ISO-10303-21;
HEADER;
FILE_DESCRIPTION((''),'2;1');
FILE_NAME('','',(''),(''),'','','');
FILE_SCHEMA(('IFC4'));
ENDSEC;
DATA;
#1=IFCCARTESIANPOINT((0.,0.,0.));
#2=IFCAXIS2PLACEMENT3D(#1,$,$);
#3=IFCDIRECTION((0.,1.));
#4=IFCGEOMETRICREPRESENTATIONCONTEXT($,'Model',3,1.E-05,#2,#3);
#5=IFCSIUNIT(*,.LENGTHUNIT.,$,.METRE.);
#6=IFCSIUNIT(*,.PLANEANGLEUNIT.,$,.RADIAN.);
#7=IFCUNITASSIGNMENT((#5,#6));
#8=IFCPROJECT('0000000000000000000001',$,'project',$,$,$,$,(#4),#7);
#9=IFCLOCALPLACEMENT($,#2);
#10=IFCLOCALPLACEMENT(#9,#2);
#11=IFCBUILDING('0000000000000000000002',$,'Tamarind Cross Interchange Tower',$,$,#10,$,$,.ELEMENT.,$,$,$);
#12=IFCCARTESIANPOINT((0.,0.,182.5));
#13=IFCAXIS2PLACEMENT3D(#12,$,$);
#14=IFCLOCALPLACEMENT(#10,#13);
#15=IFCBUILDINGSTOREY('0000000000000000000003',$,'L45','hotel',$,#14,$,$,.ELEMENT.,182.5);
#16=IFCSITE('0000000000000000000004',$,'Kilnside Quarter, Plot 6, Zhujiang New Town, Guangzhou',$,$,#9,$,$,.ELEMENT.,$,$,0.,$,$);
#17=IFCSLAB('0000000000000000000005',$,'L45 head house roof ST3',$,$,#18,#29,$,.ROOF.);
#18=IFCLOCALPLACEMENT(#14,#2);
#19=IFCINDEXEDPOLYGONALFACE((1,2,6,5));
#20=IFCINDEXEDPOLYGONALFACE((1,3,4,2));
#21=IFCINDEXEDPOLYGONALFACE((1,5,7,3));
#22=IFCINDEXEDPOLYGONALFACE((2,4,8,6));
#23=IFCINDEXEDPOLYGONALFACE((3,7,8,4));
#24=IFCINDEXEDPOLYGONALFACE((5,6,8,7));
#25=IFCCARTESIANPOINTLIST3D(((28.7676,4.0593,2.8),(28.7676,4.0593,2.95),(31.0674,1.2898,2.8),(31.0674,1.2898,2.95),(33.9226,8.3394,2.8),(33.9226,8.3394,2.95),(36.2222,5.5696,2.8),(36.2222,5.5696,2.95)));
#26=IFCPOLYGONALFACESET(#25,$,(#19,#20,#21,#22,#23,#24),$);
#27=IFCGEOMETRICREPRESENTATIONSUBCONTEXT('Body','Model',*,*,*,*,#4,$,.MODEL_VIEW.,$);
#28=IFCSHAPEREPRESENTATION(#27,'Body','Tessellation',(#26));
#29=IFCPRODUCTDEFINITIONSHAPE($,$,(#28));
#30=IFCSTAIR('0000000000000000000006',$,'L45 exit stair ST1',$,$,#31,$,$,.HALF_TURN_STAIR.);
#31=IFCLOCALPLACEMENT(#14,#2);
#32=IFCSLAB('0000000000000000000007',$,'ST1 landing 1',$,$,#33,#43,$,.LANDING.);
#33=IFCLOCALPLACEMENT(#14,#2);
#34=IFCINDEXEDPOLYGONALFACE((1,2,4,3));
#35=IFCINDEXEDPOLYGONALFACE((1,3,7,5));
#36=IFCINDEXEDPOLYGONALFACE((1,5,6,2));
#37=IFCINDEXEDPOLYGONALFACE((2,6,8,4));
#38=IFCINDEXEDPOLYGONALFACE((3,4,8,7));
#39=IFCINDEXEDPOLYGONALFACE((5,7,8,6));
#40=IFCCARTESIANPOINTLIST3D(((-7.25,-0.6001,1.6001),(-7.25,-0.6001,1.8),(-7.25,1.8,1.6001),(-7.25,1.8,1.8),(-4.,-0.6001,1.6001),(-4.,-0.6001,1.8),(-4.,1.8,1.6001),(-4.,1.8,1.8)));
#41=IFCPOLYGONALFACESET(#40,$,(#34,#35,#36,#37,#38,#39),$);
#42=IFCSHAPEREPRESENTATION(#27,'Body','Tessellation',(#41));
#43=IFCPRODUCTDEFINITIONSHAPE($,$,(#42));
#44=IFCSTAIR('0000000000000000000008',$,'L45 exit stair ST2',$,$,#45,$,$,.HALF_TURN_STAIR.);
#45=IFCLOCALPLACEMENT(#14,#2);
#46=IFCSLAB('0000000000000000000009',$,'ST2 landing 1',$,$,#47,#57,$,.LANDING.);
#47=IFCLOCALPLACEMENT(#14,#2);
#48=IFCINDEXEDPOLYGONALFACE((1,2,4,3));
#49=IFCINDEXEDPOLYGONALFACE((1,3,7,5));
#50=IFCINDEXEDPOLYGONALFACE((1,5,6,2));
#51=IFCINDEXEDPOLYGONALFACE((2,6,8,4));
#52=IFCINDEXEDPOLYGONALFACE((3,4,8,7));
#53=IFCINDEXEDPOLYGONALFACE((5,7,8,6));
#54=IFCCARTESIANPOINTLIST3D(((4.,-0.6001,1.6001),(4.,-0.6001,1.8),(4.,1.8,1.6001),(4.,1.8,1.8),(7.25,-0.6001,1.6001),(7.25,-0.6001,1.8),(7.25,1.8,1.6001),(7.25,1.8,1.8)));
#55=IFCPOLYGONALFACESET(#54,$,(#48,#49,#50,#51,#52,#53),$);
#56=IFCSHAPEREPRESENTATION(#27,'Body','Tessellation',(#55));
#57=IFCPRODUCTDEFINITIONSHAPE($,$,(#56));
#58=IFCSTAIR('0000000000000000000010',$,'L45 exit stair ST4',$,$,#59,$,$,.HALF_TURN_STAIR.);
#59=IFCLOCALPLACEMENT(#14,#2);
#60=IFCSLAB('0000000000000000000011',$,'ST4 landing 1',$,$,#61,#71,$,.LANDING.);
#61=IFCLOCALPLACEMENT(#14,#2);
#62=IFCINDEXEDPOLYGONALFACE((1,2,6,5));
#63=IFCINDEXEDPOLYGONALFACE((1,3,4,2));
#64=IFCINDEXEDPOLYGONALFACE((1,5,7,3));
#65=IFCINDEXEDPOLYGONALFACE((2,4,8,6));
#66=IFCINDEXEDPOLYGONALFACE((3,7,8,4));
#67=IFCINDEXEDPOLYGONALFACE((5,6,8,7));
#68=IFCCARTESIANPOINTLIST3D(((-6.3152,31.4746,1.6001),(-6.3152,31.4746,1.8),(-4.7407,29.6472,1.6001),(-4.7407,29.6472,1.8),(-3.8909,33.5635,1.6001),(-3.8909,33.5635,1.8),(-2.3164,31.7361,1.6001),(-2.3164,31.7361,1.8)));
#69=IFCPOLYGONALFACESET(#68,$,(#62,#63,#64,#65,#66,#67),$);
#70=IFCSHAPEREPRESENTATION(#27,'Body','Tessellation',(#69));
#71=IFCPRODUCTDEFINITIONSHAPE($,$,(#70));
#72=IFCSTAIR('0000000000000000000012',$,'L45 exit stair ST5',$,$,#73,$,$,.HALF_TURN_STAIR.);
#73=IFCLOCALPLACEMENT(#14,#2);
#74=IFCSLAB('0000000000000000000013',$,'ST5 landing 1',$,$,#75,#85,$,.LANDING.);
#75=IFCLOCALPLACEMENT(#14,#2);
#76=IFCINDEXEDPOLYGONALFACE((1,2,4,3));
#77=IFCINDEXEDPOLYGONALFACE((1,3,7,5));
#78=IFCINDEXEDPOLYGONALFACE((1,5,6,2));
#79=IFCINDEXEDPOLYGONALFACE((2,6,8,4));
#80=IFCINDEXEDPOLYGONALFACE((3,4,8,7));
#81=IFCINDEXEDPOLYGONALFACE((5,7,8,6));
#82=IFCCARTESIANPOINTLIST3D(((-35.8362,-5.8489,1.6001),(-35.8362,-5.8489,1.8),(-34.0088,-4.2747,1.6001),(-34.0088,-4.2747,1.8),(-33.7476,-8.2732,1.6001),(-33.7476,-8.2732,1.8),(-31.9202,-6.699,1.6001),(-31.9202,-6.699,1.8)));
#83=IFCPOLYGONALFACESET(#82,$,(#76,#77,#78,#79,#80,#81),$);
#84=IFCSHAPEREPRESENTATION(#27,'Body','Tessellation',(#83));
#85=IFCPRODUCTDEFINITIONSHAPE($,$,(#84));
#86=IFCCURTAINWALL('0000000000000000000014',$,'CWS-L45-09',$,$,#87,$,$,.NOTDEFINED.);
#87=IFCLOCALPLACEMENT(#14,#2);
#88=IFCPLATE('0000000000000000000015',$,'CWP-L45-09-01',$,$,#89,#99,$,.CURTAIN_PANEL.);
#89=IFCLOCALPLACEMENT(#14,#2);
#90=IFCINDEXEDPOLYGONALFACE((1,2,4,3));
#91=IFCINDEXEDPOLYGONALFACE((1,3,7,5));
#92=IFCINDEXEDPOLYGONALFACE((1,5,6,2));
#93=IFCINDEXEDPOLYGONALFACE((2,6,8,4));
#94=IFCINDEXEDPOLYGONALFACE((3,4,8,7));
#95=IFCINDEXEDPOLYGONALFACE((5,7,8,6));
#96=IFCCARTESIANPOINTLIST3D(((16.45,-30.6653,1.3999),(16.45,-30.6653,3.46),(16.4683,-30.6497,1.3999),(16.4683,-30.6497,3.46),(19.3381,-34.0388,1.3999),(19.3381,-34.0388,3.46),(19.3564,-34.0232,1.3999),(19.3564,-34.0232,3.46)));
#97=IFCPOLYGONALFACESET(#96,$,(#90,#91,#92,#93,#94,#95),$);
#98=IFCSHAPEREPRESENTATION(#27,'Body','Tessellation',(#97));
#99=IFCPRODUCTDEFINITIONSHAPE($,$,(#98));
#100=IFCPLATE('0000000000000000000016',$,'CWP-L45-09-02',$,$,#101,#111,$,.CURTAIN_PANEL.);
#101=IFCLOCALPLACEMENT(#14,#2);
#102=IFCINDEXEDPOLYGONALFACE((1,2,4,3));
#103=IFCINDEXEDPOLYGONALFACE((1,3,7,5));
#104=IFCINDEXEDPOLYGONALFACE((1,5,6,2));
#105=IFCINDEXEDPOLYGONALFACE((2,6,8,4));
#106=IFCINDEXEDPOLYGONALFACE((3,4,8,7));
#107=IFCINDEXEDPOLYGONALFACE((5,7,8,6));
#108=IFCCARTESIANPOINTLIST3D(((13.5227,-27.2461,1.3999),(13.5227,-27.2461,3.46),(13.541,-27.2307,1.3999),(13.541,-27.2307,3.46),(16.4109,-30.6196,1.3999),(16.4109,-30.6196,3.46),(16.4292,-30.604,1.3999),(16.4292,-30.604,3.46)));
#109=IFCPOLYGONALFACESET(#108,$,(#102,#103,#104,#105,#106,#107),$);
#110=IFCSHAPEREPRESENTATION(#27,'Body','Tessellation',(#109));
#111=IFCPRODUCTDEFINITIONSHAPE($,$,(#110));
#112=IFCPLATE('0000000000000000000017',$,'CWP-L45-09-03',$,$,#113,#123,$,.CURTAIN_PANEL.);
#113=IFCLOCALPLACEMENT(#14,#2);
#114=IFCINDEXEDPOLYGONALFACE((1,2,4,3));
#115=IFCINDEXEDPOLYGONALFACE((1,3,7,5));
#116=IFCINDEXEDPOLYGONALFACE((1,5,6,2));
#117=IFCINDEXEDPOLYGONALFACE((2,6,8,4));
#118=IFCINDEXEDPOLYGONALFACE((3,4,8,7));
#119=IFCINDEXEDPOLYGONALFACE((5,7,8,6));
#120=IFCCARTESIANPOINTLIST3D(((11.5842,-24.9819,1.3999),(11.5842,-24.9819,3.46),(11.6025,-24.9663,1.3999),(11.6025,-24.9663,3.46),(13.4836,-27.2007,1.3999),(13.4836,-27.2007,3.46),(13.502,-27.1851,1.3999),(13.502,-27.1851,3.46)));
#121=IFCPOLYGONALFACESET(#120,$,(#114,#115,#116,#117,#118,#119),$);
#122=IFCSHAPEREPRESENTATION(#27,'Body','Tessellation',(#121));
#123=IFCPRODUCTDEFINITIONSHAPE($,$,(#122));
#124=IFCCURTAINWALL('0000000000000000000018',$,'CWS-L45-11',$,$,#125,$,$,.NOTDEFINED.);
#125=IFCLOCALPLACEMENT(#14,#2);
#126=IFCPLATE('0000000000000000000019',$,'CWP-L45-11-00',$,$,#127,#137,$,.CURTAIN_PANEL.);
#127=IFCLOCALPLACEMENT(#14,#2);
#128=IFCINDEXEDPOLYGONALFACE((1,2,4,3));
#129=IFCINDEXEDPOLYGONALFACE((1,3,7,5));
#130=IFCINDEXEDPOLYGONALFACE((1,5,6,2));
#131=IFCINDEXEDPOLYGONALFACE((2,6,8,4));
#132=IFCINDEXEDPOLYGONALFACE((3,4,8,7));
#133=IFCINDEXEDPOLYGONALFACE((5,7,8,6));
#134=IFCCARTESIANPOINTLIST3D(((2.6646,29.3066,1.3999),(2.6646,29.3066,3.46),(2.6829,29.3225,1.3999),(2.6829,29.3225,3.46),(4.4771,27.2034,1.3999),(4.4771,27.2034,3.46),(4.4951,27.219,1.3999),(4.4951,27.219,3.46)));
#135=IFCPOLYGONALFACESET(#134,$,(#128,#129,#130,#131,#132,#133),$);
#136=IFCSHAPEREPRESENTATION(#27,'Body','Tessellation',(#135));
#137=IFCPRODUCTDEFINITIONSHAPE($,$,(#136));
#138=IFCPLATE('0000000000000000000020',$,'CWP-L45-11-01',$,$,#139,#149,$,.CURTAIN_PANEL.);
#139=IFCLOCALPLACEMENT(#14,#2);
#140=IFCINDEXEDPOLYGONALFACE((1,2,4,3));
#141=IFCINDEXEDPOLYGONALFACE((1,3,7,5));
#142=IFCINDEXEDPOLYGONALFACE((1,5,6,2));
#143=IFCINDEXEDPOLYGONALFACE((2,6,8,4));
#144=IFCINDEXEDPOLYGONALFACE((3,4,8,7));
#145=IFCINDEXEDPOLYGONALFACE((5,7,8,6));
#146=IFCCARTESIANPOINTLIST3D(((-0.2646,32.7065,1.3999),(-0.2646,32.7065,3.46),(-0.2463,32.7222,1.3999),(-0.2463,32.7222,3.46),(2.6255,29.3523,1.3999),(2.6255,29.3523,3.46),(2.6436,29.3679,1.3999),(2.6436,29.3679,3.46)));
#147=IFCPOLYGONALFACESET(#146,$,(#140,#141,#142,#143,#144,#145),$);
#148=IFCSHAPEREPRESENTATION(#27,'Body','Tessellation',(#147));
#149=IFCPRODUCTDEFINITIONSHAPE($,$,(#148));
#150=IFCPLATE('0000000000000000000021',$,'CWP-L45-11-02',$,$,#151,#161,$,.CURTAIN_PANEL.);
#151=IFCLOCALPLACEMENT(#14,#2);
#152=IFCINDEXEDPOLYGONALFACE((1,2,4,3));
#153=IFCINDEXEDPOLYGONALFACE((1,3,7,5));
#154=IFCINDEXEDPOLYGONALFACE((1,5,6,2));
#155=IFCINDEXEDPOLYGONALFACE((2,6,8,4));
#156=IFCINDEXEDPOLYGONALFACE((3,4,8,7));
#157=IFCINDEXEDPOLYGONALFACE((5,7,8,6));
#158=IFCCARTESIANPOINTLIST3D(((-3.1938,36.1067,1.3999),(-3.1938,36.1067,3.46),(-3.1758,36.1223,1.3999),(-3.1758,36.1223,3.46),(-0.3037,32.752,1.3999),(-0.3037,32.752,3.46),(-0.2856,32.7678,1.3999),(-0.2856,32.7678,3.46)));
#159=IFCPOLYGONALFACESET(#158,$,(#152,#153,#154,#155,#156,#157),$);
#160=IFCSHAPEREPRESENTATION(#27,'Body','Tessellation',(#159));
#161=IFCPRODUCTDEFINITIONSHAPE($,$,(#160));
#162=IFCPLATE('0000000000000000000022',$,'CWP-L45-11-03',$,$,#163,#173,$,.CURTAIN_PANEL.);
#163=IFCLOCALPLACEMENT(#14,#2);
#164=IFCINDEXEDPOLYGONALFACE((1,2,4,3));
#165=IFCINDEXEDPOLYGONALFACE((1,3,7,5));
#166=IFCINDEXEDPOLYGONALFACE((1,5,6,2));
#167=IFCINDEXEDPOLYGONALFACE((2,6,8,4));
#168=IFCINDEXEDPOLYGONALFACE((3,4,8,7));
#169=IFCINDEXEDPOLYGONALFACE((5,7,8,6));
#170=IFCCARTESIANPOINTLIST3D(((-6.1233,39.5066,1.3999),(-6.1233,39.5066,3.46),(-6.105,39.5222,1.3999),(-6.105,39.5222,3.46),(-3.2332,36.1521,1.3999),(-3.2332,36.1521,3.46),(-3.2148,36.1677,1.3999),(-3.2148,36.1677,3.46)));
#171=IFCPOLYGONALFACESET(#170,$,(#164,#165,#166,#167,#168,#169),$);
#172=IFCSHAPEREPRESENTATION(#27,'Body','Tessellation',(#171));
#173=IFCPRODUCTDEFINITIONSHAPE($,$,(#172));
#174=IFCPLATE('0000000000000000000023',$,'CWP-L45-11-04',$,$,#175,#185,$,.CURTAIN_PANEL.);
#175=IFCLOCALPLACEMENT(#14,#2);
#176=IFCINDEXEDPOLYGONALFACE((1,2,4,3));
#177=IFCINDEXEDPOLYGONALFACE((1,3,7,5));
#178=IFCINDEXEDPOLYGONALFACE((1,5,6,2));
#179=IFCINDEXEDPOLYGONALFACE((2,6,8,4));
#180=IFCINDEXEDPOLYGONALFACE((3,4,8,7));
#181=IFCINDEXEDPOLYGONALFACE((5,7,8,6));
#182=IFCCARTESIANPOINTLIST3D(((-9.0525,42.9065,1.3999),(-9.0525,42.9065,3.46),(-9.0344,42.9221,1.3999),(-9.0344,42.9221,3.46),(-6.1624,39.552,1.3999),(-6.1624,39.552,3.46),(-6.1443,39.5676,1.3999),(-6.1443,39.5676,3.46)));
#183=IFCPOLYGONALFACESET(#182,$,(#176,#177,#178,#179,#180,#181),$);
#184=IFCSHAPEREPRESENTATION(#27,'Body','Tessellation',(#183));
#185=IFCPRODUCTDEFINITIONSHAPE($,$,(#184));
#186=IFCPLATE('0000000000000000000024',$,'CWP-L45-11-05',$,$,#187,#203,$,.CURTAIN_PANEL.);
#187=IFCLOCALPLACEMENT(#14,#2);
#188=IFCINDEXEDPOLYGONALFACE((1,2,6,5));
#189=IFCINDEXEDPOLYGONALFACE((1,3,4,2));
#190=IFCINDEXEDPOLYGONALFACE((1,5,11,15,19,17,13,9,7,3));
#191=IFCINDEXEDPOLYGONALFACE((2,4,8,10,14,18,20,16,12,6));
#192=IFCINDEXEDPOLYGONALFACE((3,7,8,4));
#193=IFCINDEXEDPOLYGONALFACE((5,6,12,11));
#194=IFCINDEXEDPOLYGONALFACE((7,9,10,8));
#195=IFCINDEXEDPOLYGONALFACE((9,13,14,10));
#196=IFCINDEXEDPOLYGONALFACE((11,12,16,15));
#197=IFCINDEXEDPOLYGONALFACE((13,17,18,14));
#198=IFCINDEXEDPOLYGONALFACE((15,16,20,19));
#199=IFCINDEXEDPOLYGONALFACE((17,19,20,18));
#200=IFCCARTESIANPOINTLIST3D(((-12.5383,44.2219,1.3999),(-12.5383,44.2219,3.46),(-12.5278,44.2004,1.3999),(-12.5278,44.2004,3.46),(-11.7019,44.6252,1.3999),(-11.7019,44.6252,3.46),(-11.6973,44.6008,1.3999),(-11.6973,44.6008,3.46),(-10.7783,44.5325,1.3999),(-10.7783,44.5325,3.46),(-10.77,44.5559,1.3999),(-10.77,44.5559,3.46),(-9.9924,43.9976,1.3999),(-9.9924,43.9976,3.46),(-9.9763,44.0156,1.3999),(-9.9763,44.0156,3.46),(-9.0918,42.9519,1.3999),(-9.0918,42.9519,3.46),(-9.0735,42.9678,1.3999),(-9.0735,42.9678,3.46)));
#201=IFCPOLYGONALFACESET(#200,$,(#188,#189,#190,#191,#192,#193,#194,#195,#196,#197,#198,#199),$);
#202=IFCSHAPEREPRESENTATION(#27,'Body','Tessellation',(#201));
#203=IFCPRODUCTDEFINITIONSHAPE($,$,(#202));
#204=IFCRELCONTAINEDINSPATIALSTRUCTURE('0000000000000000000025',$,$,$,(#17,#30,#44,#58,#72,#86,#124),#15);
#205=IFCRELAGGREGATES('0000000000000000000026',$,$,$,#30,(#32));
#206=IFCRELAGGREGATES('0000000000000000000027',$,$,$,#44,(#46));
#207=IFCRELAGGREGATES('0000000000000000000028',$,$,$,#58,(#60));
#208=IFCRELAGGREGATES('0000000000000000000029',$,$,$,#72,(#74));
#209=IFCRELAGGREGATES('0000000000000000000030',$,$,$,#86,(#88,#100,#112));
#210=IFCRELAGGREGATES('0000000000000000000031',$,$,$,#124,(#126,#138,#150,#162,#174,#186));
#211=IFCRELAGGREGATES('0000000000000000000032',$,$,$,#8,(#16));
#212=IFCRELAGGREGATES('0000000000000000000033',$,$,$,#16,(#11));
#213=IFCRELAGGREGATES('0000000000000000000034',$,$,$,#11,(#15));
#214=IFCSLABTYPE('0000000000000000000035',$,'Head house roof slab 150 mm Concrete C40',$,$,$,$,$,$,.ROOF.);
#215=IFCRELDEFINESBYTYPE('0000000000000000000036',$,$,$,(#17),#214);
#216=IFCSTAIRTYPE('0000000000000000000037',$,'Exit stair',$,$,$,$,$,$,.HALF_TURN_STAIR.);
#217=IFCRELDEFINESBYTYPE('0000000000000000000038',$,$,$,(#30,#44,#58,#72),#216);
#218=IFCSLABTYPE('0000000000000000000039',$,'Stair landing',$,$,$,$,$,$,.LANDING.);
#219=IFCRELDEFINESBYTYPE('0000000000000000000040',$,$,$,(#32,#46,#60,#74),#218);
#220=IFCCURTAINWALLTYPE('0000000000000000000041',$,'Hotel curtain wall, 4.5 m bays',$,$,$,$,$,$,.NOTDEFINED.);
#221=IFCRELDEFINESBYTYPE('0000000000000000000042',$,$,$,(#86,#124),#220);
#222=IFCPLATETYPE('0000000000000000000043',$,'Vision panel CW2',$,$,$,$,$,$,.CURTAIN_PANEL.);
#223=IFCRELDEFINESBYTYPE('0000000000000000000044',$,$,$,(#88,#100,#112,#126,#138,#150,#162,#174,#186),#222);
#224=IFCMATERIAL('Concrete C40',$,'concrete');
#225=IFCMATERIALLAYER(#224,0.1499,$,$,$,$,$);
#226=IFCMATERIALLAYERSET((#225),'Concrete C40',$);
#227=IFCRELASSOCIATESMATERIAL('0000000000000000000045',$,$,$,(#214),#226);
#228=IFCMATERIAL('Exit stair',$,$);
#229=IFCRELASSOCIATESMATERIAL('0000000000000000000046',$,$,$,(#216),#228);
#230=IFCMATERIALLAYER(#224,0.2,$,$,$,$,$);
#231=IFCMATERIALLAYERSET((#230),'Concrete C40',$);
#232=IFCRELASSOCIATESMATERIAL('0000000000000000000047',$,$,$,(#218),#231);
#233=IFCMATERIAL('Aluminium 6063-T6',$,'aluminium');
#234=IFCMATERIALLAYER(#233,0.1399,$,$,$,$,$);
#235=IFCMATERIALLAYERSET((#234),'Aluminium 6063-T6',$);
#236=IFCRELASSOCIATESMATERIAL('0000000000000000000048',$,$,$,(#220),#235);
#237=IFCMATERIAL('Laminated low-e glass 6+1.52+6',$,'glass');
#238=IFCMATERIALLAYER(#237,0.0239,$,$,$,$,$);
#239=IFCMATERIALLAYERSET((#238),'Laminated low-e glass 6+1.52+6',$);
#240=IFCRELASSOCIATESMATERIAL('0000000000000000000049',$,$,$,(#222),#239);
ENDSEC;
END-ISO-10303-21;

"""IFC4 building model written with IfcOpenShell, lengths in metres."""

from ifc_helpers import new_model, si_unit, direction, frame, origin, place, context, subcontext, project, spatial, polyline, outline, extrude, material, layer, layer_set, type_object, element, aggregate, save


model = new_model("IFC4")

# Units and contexts
model_context = context("Model", 3, precision=1e-05, world=origin(), true_north=direction((0.0, 1.0)))
body_context = subcontext(model_context, "Body", "Model", "MODEL_VIEW")
ifc_project = project(units=[si_unit("LENGTHUNIT", "METRE"), si_unit("PLANEANGLEUNIT", "RADIAN")], contexts=[model_context])

# Site, building, storey
site_placement = place(None, origin())
site = spatial("IfcSite", under=ifc_project, at=site_placement, Name="Kilnside Quarter, Plot 6, Zhujiang New Town, Guangzhou", CompositionType="ELEMENT", RefElevation=0.0)
building_placement = place(site_placement, origin())
building = spatial("IfcBuilding", under=site, at=building_placement, Name="Tamarind Cross Interchange Tower", CompositionType="ELEMENT")
storey_placement = place(building_placement, frame((0.0, 0.0, 182.5)))
storey = spatial("IfcBuildingStorey", under=building, at=storey_placement, Name="L45", Description="hotel", CompositionType="ELEMENT", Elevation=182.5)

# Slab
ifc_material_1 = material(Name="Concrete C40", Category="concrete")
ifc_layer_1 = layer(ifc_material_1, 0.1499)
ifc_layer_set_1 = layer_set([ifc_layer_1], Name="Concrete C40")
slab_type_1 = type_object("IfcSlabType", Name="Head house roof slab 150 mm Concrete C40", PredefinedType="ROOF", material=ifc_layer_set_1)
slab_1_placement = place(storey_placement, frame((0.0, 0.0, 2.8)))
element("IfcSlab", 1, at=slab_1_placement, inside=storey, type_object=slab_type_1, Name="L45 head house roof ST3", PredefinedType="ROOF", context=body_context, shape_type="SweptSolid", body=[
    extrude(outline(polyline([(31.0674, 1.2898), (36.2222, 5.5696), (33.9226, 8.3394), (28.7676, 4.0593), (31.0674, 1.2898)])), origin(), (0.0, 0.0, 1.0), 0.1499),
])

# Stairs, slabs
ifc_material_2 = material(Name="Exit stair")
stair_type = type_object("IfcStairType", Name="Exit stair", PredefinedType="HALF_TURN_STAIR", material=ifc_material_2)
stair_1_placement = place(storey_placement, origin())
stair_1 = element("IfcStair", 2, at=stair_1_placement, inside=storey, type_object=stair_type, Name="L45 exit stair ST1", PredefinedType="HALF_TURN_STAIR")
ifc_layer_2 = layer(ifc_material_1, 0.2)
ifc_layer_set_2 = layer_set([ifc_layer_2], Name="Concrete C40")
slab_type_2 = type_object("IfcSlabType", Name="Stair landing", PredefinedType="LANDING", material=ifc_layer_set_2)
slab_2_placement = place(storey_placement, frame((0.0, 0.0, 1.6001)))
slab_2 = element("IfcSlab", 3, at=slab_2_placement, type_object=slab_type_2, Name="ST1 landing 1", PredefinedType="LANDING", context=body_context, shape_type="SweptSolid", body=[
    extrude(outline(polyline([(-4.0, -0.6001), (-4.0, 1.8), (-7.25, 1.8), (-7.25, -0.6001), (-4.0, -0.6001)])), origin(), (0.0, 0.0, 1.0), 0.2),
])
aggregate(stair_1, [slab_2])
stair_2_placement = place(storey_placement, origin())
stair_2 = element("IfcStair", 4, at=stair_2_placement, inside=storey, type_object=stair_type, Name="L45 exit stair ST2", PredefinedType="HALF_TURN_STAIR")
slab_3_placement = place(storey_placement, frame((0.0, 0.0, 1.6001)))
slab_3 = element("IfcSlab", 5, at=slab_3_placement, type_object=slab_type_2, Name="ST2 landing 1", PredefinedType="LANDING", context=body_context, shape_type="SweptSolid", body=[
    extrude(outline(polyline([(7.25, -0.6001), (7.25, 1.8), (4.0, 1.8), (4.0, -0.6001), (7.25, -0.6001)])), origin(), (0.0, 0.0, 1.0), 0.2),
])
aggregate(stair_2, [slab_3])
stair_3_placement = place(storey_placement, origin())
stair_3 = element("IfcStair", 6, at=stair_3_placement, inside=storey, type_object=stair_type, Name="L45 exit stair ST4", PredefinedType="HALF_TURN_STAIR")
slab_4_placement = place(storey_placement, frame((0.0, 0.0, 1.6001)))
slab_4 = element("IfcSlab", 7, at=slab_4_placement, type_object=slab_type_2, Name="ST4 landing 1", PredefinedType="LANDING", context=body_context, shape_type="SweptSolid", body=[
    extrude(outline(polyline([(-2.3164, 31.7361), (-3.8909, 33.5635), (-6.3152, 31.4746), (-4.7407, 29.6472), (-2.3164, 31.7361)])), origin(), (0.0, 0.0, 1.0), 0.2),
])
aggregate(stair_3, [slab_4])
stair_4_placement = place(storey_placement, origin())
stair_4 = element("IfcStair", 8, at=stair_4_placement, inside=storey, type_object=stair_type, Name="L45 exit stair ST5", PredefinedType="HALF_TURN_STAIR")
slab_5_placement = place(storey_placement, frame((0.0, 0.0, 1.6001)))
slab_5 = element("IfcSlab", 9, at=slab_5_placement, type_object=slab_type_2, Name="ST5 landing 1", PredefinedType="LANDING", context=body_context, shape_type="SweptSolid", body=[
    extrude(outline(polyline([(-34.0088, -4.2747), (-35.8362, -5.8489), (-33.7476, -8.2732), (-31.9202, -6.699), (-34.0088, -4.2747)])), origin(), (0.0, 0.0, 1.0), 0.2),
])
aggregate(stair_4, [slab_5])

# Curtain walls, plates
ifc_material_3 = material(Name="Aluminium 6063-T6", Category="aluminium")
ifc_layer_3 = layer(ifc_material_3, 0.1399)
ifc_layer_set_3 = layer_set([ifc_layer_3], Name="Aluminium 6063-T6")
curtain_wall_type_1 = type_object("IfcCurtainWallType", Name="Hotel curtain wall, 4.5 m bays", PredefinedType="NOTDEFINED", material=ifc_layer_set_3)
curtain_wall_1_placement = place(storey_placement, origin())
curtain_wall_1 = element("IfcCurtainWall", 10, at=curtain_wall_1_placement, inside=storey, type_object=curtain_wall_type_1, Name="CWS-L45-09", PredefinedType="NOTDEFINED")
ifc_material_4 = material(Name="Laminated low-e glass 6+1.52+6", Category="glass")
ifc_layer_4 = layer(ifc_material_4, 0.0239)
ifc_layer_set_4 = layer_set([ifc_layer_4], Name="Laminated low-e glass 6+1.52+6")
plate_type_1 = type_object("IfcPlateType", Name="Vision panel CW2", PredefinedType="CURTAIN_PANEL", material=ifc_layer_set_4)
plate_1_placement = place(storey_placement, frame((0.0, 0.0, 1.3999)))
plate_1 = element("IfcPlate", 11, at=plate_1_placement, type_object=plate_type_1, Name="CWP-L45-09-01", PredefinedType="CURTAIN_PANEL", context=body_context, shape_type="SweptSolid", body=[
    extrude(outline(polyline([(19.3381, -34.0388), (16.45, -30.6653), (16.4683, -30.6497), (19.3564, -34.0232), (19.3381, -34.0388)])), origin(), (0.0, 0.0, 1.0), 2.0601),
])
plate_2_placement = place(storey_placement, frame((0.0, 0.0, 1.3999)))
plate_2 = element("IfcPlate", 12, at=plate_2_placement, type_object=plate_type_1, Name="CWP-L45-09-02", PredefinedType="CURTAIN_PANEL", context=body_context, shape_type="SweptSolid", body=[
    extrude(outline(polyline([(16.4109, -30.6196), (13.5227, -27.2461), (13.541, -27.2307), (16.4292, -30.604), (16.4109, -30.6196)])), origin(), (0.0, 0.0, 1.0), 2.0601),
])
plate_3_placement = place(storey_placement, frame((0.0, 0.0, 1.3999)))
plate_3 = element("IfcPlate", 13, at=plate_3_placement, type_object=plate_type_1, Name="CWP-L45-09-03", PredefinedType="CURTAIN_PANEL", context=body_context, shape_type="SweptSolid", body=[
    extrude(outline(polyline([(13.4836, -27.2007), (11.5842, -24.9819), (11.6025, -24.9663), (13.502, -27.1851), (13.4836, -27.2007)])), origin(), (0.0, 0.0, 1.0), 2.0601),
])
aggregate(curtain_wall_1, [plate_1, plate_2, plate_3])
curtain_wall_2_placement = place(storey_placement, origin())
curtain_wall_2 = element("IfcCurtainWall", 14, at=curtain_wall_2_placement, inside=storey, type_object=curtain_wall_type_1, Name="CWS-L45-11", PredefinedType="NOTDEFINED")
plate_4_placement = place(storey_placement, frame((0.0, 0.0, 1.3999)))
plate_4 = element("IfcPlate", 15, at=plate_4_placement, type_object=plate_type_1, Name="CWP-L45-11-00", PredefinedType="CURTAIN_PANEL", context=body_context, shape_type="SweptSolid", body=[
    extrude(outline(polyline([(4.4771, 27.2034), (2.6646, 29.3066), (2.6829, 29.3225), (4.4951, 27.219), (4.4771, 27.2034)])), origin(), (0.0, 0.0, 1.0), 2.0601),
])
plate_5_placement = place(storey_placement, frame((0.0, 0.0, 1.3999)))
plate_5 = element("IfcPlate", 16, at=plate_5_placement, type_object=plate_type_1, Name="CWP-L45-11-01", PredefinedType="CURTAIN_PANEL", context=body_context, shape_type="SweptSolid", body=[
    extrude(outline(polyline([(2.6255, 29.3523), (-0.2646, 32.7065), (-0.2463, 32.7222), (2.6436, 29.3679), (2.6255, 29.3523)])), origin(), (0.0, 0.0, 1.0), 2.0601),
])
plate_6_placement = place(storey_placement, frame((0.0, 0.0, 1.3999)))
plate_6 = element("IfcPlate", 17, at=plate_6_placement, type_object=plate_type_1, Name="CWP-L45-11-02", PredefinedType="CURTAIN_PANEL", context=body_context, shape_type="SweptSolid", body=[
    extrude(outline(polyline([(-0.3037, 32.752), (-3.1938, 36.1067), (-3.1758, 36.1223), (-0.2856, 32.7678), (-0.3037, 32.752)])), origin(), (0.0, 0.0, 1.0), 2.0601),
])
plate_7_placement = place(storey_placement, frame((0.0, 0.0, 1.3999)))
plate_7 = element("IfcPlate", 18, at=plate_7_placement, type_object=plate_type_1, Name="CWP-L45-11-03", PredefinedType="CURTAIN_PANEL", context=body_context, shape_type="SweptSolid", body=[
    extrude(outline(polyline([(-3.2332, 36.1521), (-6.1233, 39.5066), (-6.105, 39.5222), (-3.2148, 36.1677), (-3.2332, 36.1521)])), origin(), (0.0, 0.0, 1.0), 2.0601),
])
plate_8_placement = place(storey_placement, frame((0.0, 0.0, 1.3999)))
plate_8 = element("IfcPlate", 19, at=plate_8_placement, type_object=plate_type_1, Name="CWP-L45-11-04", PredefinedType="CURTAIN_PANEL", context=body_context, shape_type="SweptSolid", body=[
    extrude(outline(polyline([(-6.1624, 39.552), (-9.0525, 42.9065), (-9.0344, 42.9221), (-6.1443, 39.5676), (-6.1624, 39.552)])), origin(), (0.0, 0.0, 1.0), 2.0601),
])
plate_9_placement = place(storey_placement, frame((0.0, 0.0, 1.3999)))
plate_9 = element("IfcPlate", 20, at=plate_9_placement, type_object=plate_type_1, Name="CWP-L45-11-05", PredefinedType="CURTAIN_PANEL", context=body_context, shape_type="SweptSolid", body=[
    extrude(outline(polyline([(-9.0918, 42.9519), (-9.9924, 43.9976), (-10.7783, 44.5325), (-11.6973, 44.6008), (-12.5278, 44.2004), (-12.5383, 44.2219), (-11.7019, 44.6252), (-10.77, 44.5559), (-9.9763, 44.0156), (-9.0735, 42.9678), (-9.0918, 42.9519)])), origin(), (0.0, 0.0, 1.0), 2.0601),
])
aggregate(curtain_wall_2, [plate_4, plate_5, plate_6, plate_7, plate_8, plate_9])

save(model, "model.ifc")
